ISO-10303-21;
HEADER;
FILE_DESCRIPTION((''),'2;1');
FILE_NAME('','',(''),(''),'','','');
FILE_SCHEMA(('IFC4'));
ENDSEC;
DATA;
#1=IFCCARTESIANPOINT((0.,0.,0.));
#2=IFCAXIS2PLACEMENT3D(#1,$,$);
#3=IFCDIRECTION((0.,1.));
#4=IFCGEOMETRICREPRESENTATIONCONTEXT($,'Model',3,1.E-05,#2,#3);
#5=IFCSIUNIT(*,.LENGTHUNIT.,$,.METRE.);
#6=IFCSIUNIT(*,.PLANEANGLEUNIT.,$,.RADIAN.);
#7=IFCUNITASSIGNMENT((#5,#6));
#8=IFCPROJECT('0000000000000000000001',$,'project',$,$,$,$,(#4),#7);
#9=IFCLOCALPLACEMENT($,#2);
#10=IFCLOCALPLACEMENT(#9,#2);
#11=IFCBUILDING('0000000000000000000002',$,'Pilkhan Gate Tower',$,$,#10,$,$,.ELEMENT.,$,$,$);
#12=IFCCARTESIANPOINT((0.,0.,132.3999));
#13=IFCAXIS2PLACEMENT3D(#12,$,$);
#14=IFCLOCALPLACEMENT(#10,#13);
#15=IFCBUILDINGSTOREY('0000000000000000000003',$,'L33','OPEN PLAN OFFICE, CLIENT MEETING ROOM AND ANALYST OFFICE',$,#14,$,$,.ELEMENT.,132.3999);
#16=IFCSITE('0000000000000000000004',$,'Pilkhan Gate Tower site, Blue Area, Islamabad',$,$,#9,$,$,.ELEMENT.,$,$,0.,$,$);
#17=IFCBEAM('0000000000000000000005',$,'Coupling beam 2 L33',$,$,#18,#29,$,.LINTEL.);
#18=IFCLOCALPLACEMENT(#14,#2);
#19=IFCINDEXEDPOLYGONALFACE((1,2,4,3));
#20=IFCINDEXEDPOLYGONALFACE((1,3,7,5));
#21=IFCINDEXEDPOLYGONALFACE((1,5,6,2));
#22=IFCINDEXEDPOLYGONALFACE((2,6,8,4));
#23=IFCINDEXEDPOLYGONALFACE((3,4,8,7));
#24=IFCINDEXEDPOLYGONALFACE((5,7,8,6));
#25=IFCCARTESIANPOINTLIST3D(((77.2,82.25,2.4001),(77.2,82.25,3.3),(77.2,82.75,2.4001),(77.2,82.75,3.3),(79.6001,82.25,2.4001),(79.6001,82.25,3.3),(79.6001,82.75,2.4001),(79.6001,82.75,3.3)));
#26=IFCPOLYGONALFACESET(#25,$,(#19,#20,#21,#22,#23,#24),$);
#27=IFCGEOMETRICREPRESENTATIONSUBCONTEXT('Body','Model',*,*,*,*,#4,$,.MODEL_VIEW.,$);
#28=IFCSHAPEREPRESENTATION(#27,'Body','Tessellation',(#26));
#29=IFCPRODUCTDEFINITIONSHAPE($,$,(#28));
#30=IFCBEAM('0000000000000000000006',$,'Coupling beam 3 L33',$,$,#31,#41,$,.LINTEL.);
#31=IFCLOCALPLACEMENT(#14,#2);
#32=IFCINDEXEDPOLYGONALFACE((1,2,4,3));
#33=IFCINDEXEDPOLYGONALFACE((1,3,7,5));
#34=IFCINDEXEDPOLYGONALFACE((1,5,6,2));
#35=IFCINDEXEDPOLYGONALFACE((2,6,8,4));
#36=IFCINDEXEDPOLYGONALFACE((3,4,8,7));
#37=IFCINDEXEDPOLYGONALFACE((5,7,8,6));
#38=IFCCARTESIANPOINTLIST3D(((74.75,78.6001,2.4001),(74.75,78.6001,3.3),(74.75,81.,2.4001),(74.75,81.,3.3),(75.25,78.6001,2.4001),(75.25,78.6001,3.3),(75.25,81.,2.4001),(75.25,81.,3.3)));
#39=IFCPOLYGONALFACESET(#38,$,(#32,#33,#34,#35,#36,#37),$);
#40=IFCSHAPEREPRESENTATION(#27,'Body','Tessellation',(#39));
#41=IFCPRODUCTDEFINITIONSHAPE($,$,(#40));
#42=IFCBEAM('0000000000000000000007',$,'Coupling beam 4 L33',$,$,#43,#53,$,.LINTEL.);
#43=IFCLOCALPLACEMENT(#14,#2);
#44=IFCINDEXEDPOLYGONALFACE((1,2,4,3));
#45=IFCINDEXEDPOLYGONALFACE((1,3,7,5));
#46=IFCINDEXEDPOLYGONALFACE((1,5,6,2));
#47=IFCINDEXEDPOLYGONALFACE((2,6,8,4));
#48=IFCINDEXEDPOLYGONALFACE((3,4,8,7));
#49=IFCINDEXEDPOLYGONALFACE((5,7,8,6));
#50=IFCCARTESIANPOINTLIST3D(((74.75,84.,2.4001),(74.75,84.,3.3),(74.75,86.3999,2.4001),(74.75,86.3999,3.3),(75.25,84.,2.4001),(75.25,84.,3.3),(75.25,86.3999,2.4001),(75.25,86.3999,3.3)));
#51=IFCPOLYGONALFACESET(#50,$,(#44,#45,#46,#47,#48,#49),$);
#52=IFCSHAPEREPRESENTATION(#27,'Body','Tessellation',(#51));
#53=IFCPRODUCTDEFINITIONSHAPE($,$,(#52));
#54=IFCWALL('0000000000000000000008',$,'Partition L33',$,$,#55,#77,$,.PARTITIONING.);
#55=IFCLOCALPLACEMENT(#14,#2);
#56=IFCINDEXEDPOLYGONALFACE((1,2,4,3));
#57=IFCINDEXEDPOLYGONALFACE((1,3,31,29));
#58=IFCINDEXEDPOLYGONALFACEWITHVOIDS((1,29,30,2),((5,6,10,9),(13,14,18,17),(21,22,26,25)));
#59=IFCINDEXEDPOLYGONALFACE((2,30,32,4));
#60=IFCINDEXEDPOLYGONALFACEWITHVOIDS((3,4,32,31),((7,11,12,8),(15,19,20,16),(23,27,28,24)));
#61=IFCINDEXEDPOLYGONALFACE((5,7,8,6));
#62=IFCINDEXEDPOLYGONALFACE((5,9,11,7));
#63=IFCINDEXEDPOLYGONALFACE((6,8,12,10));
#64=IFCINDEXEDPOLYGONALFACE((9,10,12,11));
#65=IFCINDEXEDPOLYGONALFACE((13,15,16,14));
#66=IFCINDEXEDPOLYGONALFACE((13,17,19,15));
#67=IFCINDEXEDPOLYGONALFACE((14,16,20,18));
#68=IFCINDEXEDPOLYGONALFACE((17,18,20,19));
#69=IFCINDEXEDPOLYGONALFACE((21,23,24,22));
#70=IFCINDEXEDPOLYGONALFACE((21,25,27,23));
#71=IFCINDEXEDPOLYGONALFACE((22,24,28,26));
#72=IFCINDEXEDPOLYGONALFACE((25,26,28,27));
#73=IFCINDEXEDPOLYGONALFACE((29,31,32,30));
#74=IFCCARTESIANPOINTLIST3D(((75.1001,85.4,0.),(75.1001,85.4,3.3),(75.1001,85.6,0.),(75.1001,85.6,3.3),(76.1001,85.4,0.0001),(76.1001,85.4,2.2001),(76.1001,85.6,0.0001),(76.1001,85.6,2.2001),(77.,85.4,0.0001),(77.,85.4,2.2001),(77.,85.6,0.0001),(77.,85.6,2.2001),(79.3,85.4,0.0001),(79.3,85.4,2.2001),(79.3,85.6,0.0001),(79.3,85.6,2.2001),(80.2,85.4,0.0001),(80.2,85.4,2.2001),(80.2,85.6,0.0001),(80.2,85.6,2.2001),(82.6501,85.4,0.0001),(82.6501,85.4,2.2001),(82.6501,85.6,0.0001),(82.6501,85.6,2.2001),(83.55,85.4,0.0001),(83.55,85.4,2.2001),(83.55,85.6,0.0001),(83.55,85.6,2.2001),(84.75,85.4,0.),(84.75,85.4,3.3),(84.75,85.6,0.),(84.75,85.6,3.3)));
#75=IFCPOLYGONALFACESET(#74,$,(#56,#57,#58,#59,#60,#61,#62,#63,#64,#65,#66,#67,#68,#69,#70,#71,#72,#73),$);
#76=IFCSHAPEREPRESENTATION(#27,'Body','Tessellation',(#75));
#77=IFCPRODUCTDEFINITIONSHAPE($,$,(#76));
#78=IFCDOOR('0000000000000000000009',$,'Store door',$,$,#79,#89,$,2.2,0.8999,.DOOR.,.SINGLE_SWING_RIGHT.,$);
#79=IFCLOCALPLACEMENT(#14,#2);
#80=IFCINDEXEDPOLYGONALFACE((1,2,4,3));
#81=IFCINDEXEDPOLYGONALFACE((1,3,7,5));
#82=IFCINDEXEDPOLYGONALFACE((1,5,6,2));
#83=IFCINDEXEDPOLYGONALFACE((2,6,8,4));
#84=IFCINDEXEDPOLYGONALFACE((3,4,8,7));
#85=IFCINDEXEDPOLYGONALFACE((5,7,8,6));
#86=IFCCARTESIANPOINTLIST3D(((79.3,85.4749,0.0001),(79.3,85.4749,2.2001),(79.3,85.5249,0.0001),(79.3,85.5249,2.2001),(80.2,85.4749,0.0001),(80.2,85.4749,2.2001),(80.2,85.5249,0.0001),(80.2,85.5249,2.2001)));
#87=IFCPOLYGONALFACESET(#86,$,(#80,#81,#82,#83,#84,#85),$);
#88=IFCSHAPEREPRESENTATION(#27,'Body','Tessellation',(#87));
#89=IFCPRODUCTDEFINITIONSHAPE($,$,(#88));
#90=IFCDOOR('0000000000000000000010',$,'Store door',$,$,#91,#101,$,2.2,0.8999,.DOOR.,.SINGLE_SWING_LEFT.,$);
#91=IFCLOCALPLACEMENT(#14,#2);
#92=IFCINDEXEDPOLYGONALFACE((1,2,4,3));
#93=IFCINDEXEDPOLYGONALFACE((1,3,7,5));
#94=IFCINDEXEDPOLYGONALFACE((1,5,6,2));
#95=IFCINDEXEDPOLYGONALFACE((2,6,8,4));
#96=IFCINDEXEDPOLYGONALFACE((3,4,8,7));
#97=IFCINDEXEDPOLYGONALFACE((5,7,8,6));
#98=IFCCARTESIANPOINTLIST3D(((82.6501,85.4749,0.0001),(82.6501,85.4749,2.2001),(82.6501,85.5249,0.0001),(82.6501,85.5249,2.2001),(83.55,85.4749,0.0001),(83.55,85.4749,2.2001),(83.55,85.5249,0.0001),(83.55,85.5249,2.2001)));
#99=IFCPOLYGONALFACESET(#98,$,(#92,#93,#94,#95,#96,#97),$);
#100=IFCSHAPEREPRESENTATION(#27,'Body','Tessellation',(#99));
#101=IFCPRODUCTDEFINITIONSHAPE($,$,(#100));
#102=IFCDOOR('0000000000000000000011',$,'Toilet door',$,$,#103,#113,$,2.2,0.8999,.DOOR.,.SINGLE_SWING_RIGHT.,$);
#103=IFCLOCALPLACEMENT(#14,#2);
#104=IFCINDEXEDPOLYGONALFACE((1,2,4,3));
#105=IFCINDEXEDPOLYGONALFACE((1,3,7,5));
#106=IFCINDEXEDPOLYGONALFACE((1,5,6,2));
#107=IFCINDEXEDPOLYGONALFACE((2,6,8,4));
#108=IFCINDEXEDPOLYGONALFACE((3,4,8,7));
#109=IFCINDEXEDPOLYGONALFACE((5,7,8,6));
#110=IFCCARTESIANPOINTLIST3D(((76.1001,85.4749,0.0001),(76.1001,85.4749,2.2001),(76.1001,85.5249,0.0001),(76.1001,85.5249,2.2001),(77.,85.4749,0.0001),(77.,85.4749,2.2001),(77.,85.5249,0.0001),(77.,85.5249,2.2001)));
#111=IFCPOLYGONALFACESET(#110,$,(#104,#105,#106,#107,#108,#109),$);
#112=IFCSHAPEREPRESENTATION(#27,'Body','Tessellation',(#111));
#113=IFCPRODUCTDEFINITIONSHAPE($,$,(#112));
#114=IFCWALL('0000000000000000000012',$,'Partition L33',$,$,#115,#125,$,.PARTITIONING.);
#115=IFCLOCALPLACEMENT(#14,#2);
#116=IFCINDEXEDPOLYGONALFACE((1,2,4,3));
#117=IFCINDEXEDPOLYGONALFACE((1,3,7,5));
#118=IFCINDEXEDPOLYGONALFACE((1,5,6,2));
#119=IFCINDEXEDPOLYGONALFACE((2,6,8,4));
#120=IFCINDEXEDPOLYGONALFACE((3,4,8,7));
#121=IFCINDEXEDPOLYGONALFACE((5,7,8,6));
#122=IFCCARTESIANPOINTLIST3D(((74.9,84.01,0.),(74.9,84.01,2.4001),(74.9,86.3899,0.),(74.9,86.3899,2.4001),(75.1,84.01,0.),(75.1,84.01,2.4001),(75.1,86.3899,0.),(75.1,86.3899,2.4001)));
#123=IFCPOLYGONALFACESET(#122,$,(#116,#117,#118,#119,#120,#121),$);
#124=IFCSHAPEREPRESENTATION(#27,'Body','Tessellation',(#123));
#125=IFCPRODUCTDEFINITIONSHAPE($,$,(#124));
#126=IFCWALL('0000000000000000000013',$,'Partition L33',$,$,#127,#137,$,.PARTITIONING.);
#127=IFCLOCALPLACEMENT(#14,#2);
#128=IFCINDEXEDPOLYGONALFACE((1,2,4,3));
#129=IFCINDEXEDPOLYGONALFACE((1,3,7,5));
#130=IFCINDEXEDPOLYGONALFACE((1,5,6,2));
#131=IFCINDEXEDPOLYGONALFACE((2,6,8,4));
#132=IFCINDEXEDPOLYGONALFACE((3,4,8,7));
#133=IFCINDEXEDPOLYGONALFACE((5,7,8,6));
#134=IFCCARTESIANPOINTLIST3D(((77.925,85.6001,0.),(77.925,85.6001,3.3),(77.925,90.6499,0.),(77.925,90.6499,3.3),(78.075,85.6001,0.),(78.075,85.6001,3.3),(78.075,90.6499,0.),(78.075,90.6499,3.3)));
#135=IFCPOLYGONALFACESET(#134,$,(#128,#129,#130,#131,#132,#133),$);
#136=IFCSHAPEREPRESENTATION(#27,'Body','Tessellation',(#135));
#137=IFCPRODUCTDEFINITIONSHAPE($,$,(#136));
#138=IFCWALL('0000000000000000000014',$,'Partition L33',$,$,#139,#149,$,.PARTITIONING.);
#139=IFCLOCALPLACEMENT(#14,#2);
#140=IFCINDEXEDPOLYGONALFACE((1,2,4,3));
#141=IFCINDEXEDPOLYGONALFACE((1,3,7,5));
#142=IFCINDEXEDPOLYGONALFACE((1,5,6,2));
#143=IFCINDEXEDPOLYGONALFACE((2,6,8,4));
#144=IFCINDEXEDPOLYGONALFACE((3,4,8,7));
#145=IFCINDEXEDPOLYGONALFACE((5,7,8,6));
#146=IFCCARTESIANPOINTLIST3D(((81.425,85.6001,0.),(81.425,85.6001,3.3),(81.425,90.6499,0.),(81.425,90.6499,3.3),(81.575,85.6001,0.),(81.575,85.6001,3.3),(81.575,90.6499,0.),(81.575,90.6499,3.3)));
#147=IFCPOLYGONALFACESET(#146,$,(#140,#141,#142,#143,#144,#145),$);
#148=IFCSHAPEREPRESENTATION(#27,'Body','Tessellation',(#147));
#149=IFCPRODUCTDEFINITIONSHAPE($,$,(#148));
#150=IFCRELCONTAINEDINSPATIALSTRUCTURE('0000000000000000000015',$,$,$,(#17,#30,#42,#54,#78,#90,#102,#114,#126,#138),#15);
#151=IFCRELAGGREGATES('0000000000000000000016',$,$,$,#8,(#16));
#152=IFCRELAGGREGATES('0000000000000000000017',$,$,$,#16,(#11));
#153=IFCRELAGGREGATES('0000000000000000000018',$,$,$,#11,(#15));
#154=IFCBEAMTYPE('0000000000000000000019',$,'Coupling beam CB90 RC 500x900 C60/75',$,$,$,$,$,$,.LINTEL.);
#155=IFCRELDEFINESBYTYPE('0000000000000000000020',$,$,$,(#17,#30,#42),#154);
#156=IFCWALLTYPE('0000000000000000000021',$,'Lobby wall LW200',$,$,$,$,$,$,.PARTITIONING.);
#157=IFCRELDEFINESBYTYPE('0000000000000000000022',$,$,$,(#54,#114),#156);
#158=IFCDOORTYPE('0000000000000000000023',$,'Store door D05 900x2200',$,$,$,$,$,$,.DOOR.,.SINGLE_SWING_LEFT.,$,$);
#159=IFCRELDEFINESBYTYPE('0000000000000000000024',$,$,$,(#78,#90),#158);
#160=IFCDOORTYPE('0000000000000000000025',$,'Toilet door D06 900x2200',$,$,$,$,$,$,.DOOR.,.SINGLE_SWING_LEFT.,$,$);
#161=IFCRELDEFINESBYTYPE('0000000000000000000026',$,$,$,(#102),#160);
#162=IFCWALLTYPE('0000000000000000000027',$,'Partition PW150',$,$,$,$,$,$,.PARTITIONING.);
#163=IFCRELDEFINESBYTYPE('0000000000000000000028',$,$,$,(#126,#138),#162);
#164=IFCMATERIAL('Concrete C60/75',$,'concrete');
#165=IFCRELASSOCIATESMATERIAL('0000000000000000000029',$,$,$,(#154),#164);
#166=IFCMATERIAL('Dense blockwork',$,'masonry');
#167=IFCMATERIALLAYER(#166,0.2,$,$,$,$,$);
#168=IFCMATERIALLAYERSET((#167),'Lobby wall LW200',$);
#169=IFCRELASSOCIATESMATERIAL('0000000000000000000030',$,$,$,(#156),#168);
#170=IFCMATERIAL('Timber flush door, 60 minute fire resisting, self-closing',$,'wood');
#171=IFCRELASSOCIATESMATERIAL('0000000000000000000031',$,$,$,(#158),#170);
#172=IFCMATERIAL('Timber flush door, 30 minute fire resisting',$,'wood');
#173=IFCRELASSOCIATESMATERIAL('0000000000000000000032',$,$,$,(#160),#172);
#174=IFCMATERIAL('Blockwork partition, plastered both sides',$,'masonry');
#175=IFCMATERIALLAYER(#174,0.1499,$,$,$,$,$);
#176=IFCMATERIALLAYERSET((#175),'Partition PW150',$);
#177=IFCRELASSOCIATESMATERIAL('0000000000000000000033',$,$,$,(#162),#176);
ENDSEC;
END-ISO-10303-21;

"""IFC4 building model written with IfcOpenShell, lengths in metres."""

from ifc_helpers import new_model, si_unit, direction, frame, frame_2d, origin, origin_2d, place, context, subcontext, project, spatial, rectangle, extrude, material, layer, layer_set, material_profile, profile_set, type_object, element, fill, save


model = new_model("IFC4")

# Units and contexts
model_context = context("Model", 3, precision=1e-05, world=origin(), true_north=direction((0.0, 1.0)))
body_context = subcontext(model_context, "Body", "Model", "MODEL_VIEW")
ifc_project = project(units=[si_unit("LENGTHUNIT", "METRE"), si_unit("PLANEANGLEUNIT", "RADIAN")], contexts=[model_context])

# Site, building, storey
site_placement = place(None, origin())
site = spatial("IfcSite", under=ifc_project, at=site_placement, Name="Pilkhan Gate Tower site, Blue Area, Islamabad", CompositionType="ELEMENT", RefElevation=0.0)
building_placement = place(site_placement, origin())
building = spatial("IfcBuilding", under=site, at=building_placement, Name="Pilkhan Gate Tower", CompositionType="ELEMENT")
storey_placement = place(building_placement, frame((0.0, 0.0, 132.3999)))
storey = spatial("IfcBuildingStorey", under=building, at=storey_placement, Name="L33", Description="OPEN PLAN OFFICE, CLIENT MEETING ROOM AND ANALYST OFFICE", CompositionType="ELEMENT", Elevation=132.3999)

# Beams
ifc_material_1 = material(Name="Concrete C60/75", Category="concrete")
ifc_material_profile = material_profile(ifc_material_1, rectangle(XDim=0.5, YDim=0.8999, at=origin_2d()), Name="RC 500x900")
ifc_profile_set = profile_set([ifc_material_profile], Name="Concrete C60/75")
beam_type = type_object("IfcBeamType", Name="Coupling beam CB90 RC 500x900 C60/75", PredefinedType="LINTEL", material=ifc_profile_set)
beam_placement = place(storey_placement, frame((77.2, 82.5, 2.8501), z_axis=(1.0, 0.0, 0.0), x_axis=(0.0, 1.0, 0.0)))
element("IfcBeam", 1, at=beam_placement, inside=storey, type_object=beam_type, Name="Coupling beam 2 L33", PredefinedType="LINTEL", context=body_context, shape_type="SweptSolid", body=[
    extrude(rectangle(XDim=0.5, YDim=0.8999, at=origin_2d()), origin(), (0.0, 0.0, 1.0), 2.4001),
])
for number, where, z_axis, x_axis, name in (
    (2, (75.0, 78.6001, 2.8501), (0.0, 1.0, 0.0), (-1.0, 0.0, 0.0), "Coupling beam 3 L33"),
    (3, (75.0, 84.0, 2.8501), (0.0, 1.0, 0.0), (-1.0, 0.0, 0.0), "Coupling beam 4 L33"),
):
    element("IfcBeam", number, at=place(storey_placement, frame(where, z_axis=z_axis, x_axis=x_axis)), inside=storey, type_object=beam_type, Name=name, PredefinedType="LINTEL", context=body_context, shape_type="SweptSolid", body=[
        extrude(rectangle(XDim=0.5, YDim=0.8999, at=origin_2d()), origin(), (0.0, 0.0, 1.0), 2.3999),
    ])

# Wall, openings, doors
ifc_material_2 = material(Name="Dense blockwork", Category="masonry")
ifc_layer_1 = layer(ifc_material_2, 0.2)
ifc_layer_set_1 = layer_set([ifc_layer_1], Name="Lobby wall LW200")
wall_type_1 = type_object("IfcWallType", Name="Lobby wall LW200", PredefinedType="PARTITIONING", material=ifc_layer_set_1)
wall_1_placement = place(storey_placement, frame((75.1001, 85.5, 0.0), z_axis=(0.0, 0.0, 1.0), x_axis=(1.0, 0.0, 0.0)))
wall_1 = element("IfcWall", 4, at=wall_1_placement, inside=storey, type_object=wall_type_1, Name="Partition L33", PredefinedType="PARTITIONING", context=body_context, shape_type="SweptSolid", body=[
    extrude(rectangle(XDim=9.6499, YDim=0.2, at=frame_2d((4.825, 0.0))), origin(), (0.0, 0.0, 1.0), 3.3),
])
opening_1_placement = place(wall_1_placement, frame((1.0, 0.0, 0.0)))
opening_1 = element("IfcOpeningElement", 5, at=opening_1_placement, cuts=wall_1, PredefinedType="OPENING", context=body_context, shape_type="SweptSolid", body=[
    extrude(rectangle(XDim=0.8999, YDim=2.2, at=frame_2d((0.45, 1.1001))), frame((0.0, 0.1099, 0.0), z_axis=(0.0, -1.0, 0.0), x_axis=(1.0, 0.0, 0.0)), (0.0, 0.0, 1.0), 0.22),
])
opening_2_placement = place(wall_1_placement, frame((4.2, 0.0, 0.0)))
opening_2 = element("IfcOpeningElement", 6, at=opening_2_placement, cuts=wall_1, PredefinedType="OPENING", context=body_context, shape_type="SweptSolid", body=[
    extrude(rectangle(XDim=0.8999, YDim=2.2, at=frame_2d((0.45, 1.1001))), frame((0.0, 0.1099, 0.0), z_axis=(0.0, -1.0, 0.0), x_axis=(1.0, 0.0, 0.0)), (0.0, 0.0, 1.0), 0.22),
])
opening_3_placement = place(wall_1_placement, frame((7.55, 0.0, 0.0)))
opening_3 = element("IfcOpeningElement", 7, at=opening_3_placement, cuts=wall_1, PredefinedType="OPENING", context=body_context, shape_type="SweptSolid", body=[
    extrude(rectangle(XDim=0.8999, YDim=2.2, at=frame_2d((0.45, 1.1001))), frame((0.0, 0.1099, 0.0), z_axis=(0.0, -1.0, 0.0), x_axis=(1.0, 0.0, 0.0)), (0.0, 0.0, 1.0), 0.22),
])
ifc_material_3 = material(Name="Timber flush door, 60 minute fire resisting, self-closing", Category="wood")
door_type_1 = type_object("IfcDoorType", Name="Store door D05 900x2200", OperationType="SINGLE_SWING_LEFT", PredefinedType="DOOR", material=ifc_material_3)
door_1_placement = place(opening_2_placement, origin())
door_1 = element("IfcDoor", 8, at=door_1_placement, inside=storey, type_object=door_type_1, Name="Store door", OperationType="SINGLE_SWING_RIGHT", OverallHeight=2.2, OverallWidth=0.8999, PredefinedType="DOOR", context=body_context, shape_type="SweptSolid", body=[
    extrude(rectangle(XDim=0.8999, YDim=2.2, at=frame_2d((0.45, 1.1001))), frame((0.0, 0.0249, 0.0), z_axis=(0.0, -1.0, 0.0), x_axis=(1.0, 0.0, 0.0)), (0.0, 0.0, 1.0), 0.05),
])
fill(opening_2, door_1)
door_2_placement = place(opening_3_placement, origin())
door_2 = element("IfcDoor", 9, at=door_2_placement, inside=storey, type_object=door_type_1, Name="Store door", OperationType="SINGLE_SWING_LEFT", OverallHeight=2.2, OverallWidth=0.8999, PredefinedType="DOOR", context=body_context, shape_type="SweptSolid", body=[
    extrude(rectangle(XDim=0.8999, YDim=2.2, at=frame_2d((0.45, 1.1001))), frame((0.0, 0.0249, 0.0), z_axis=(0.0, -1.0, 0.0), x_axis=(1.0, 0.0, 0.0)), (0.0, 0.0, 1.0), 0.05),
])
fill(opening_3, door_2)
ifc_material_4 = material(Name="Timber flush door, 30 minute fire resisting", Category="wood")
door_type_2 = type_object("IfcDoorType", Name="Toilet door D06 900x2200", OperationType="SINGLE_SWING_LEFT", PredefinedType="DOOR", material=ifc_material_4)
door_3_placement = place(opening_1_placement, origin())
door_3 = element("IfcDoor", 10, at=door_3_placement, inside=storey, type_object=door_type_2, Name="Toilet door", OperationType="SINGLE_SWING_RIGHT", OverallHeight=2.2, OverallWidth=0.8999, PredefinedType="DOOR", context=body_context, shape_type="SweptSolid", body=[
    extrude(rectangle(XDim=0.8999, YDim=2.2, at=frame_2d((0.45, 1.1001))), frame((0.0, 0.0249, 0.0), z_axis=(0.0, -1.0, 0.0), x_axis=(1.0, 0.0, 0.0)), (0.0, 0.0, 1.0), 0.05),
])
fill(opening_1, door_3)

# Walls
wall_2_placement = place(storey_placement, frame((75.0, 84.01, 0.0), z_axis=(0.0, 0.0, 1.0), x_axis=(0.0, 1.0, 0.0)))
element("IfcWall", 11, at=wall_2_placement, inside=storey, type_object=wall_type_1, Name="Partition L33", PredefinedType="PARTITIONING", context=body_context, shape_type="SweptSolid", body=[
    extrude(rectangle(XDim=2.3799, YDim=0.2, at=frame_2d((1.1899, 0.0))), origin(), (0.0, 0.0, 1.0), 2.4001),
])
ifc_material_5 = material(Name="Blockwork partition, plastered both sides", Category="masonry")
ifc_layer_2 = layer(ifc_material_5, 0.1499)
ifc_layer_set_2 = layer_set([ifc_layer_2], Name="Partition PW150")
wall_type_2 = type_object("IfcWallType", Name="Partition PW150", PredefinedType="PARTITIONING", material=ifc_layer_set_2)
for number, where, z_axis, x_axis, name in (
    (12, (78.0, 85.6001, 0.0), (0.0, 0.0, 1.0), (0.0, 1.0, 0.0), "Partition L33"),
    (13, (81.5, 85.6001, 0.0), (0.0, 0.0, 1.0), (0.0, 1.0, 0.0), "Partition L33"),
):
    element("IfcWall", number, at=place(storey_placement, frame(where, z_axis=z_axis, x_axis=x_axis)), inside=storey, type_object=wall_type_2, Name=name, PredefinedType="PARTITIONING", context=body_context, shape_type="SweptSolid", body=[
        extrude(rectangle(XDim=5.0498, YDim=0.1499, at=frame_2d((2.5249, 0.0))), origin(), (0.0, 0.0, 1.0), 3.3),
    ])

save(model, "model.ifc")
